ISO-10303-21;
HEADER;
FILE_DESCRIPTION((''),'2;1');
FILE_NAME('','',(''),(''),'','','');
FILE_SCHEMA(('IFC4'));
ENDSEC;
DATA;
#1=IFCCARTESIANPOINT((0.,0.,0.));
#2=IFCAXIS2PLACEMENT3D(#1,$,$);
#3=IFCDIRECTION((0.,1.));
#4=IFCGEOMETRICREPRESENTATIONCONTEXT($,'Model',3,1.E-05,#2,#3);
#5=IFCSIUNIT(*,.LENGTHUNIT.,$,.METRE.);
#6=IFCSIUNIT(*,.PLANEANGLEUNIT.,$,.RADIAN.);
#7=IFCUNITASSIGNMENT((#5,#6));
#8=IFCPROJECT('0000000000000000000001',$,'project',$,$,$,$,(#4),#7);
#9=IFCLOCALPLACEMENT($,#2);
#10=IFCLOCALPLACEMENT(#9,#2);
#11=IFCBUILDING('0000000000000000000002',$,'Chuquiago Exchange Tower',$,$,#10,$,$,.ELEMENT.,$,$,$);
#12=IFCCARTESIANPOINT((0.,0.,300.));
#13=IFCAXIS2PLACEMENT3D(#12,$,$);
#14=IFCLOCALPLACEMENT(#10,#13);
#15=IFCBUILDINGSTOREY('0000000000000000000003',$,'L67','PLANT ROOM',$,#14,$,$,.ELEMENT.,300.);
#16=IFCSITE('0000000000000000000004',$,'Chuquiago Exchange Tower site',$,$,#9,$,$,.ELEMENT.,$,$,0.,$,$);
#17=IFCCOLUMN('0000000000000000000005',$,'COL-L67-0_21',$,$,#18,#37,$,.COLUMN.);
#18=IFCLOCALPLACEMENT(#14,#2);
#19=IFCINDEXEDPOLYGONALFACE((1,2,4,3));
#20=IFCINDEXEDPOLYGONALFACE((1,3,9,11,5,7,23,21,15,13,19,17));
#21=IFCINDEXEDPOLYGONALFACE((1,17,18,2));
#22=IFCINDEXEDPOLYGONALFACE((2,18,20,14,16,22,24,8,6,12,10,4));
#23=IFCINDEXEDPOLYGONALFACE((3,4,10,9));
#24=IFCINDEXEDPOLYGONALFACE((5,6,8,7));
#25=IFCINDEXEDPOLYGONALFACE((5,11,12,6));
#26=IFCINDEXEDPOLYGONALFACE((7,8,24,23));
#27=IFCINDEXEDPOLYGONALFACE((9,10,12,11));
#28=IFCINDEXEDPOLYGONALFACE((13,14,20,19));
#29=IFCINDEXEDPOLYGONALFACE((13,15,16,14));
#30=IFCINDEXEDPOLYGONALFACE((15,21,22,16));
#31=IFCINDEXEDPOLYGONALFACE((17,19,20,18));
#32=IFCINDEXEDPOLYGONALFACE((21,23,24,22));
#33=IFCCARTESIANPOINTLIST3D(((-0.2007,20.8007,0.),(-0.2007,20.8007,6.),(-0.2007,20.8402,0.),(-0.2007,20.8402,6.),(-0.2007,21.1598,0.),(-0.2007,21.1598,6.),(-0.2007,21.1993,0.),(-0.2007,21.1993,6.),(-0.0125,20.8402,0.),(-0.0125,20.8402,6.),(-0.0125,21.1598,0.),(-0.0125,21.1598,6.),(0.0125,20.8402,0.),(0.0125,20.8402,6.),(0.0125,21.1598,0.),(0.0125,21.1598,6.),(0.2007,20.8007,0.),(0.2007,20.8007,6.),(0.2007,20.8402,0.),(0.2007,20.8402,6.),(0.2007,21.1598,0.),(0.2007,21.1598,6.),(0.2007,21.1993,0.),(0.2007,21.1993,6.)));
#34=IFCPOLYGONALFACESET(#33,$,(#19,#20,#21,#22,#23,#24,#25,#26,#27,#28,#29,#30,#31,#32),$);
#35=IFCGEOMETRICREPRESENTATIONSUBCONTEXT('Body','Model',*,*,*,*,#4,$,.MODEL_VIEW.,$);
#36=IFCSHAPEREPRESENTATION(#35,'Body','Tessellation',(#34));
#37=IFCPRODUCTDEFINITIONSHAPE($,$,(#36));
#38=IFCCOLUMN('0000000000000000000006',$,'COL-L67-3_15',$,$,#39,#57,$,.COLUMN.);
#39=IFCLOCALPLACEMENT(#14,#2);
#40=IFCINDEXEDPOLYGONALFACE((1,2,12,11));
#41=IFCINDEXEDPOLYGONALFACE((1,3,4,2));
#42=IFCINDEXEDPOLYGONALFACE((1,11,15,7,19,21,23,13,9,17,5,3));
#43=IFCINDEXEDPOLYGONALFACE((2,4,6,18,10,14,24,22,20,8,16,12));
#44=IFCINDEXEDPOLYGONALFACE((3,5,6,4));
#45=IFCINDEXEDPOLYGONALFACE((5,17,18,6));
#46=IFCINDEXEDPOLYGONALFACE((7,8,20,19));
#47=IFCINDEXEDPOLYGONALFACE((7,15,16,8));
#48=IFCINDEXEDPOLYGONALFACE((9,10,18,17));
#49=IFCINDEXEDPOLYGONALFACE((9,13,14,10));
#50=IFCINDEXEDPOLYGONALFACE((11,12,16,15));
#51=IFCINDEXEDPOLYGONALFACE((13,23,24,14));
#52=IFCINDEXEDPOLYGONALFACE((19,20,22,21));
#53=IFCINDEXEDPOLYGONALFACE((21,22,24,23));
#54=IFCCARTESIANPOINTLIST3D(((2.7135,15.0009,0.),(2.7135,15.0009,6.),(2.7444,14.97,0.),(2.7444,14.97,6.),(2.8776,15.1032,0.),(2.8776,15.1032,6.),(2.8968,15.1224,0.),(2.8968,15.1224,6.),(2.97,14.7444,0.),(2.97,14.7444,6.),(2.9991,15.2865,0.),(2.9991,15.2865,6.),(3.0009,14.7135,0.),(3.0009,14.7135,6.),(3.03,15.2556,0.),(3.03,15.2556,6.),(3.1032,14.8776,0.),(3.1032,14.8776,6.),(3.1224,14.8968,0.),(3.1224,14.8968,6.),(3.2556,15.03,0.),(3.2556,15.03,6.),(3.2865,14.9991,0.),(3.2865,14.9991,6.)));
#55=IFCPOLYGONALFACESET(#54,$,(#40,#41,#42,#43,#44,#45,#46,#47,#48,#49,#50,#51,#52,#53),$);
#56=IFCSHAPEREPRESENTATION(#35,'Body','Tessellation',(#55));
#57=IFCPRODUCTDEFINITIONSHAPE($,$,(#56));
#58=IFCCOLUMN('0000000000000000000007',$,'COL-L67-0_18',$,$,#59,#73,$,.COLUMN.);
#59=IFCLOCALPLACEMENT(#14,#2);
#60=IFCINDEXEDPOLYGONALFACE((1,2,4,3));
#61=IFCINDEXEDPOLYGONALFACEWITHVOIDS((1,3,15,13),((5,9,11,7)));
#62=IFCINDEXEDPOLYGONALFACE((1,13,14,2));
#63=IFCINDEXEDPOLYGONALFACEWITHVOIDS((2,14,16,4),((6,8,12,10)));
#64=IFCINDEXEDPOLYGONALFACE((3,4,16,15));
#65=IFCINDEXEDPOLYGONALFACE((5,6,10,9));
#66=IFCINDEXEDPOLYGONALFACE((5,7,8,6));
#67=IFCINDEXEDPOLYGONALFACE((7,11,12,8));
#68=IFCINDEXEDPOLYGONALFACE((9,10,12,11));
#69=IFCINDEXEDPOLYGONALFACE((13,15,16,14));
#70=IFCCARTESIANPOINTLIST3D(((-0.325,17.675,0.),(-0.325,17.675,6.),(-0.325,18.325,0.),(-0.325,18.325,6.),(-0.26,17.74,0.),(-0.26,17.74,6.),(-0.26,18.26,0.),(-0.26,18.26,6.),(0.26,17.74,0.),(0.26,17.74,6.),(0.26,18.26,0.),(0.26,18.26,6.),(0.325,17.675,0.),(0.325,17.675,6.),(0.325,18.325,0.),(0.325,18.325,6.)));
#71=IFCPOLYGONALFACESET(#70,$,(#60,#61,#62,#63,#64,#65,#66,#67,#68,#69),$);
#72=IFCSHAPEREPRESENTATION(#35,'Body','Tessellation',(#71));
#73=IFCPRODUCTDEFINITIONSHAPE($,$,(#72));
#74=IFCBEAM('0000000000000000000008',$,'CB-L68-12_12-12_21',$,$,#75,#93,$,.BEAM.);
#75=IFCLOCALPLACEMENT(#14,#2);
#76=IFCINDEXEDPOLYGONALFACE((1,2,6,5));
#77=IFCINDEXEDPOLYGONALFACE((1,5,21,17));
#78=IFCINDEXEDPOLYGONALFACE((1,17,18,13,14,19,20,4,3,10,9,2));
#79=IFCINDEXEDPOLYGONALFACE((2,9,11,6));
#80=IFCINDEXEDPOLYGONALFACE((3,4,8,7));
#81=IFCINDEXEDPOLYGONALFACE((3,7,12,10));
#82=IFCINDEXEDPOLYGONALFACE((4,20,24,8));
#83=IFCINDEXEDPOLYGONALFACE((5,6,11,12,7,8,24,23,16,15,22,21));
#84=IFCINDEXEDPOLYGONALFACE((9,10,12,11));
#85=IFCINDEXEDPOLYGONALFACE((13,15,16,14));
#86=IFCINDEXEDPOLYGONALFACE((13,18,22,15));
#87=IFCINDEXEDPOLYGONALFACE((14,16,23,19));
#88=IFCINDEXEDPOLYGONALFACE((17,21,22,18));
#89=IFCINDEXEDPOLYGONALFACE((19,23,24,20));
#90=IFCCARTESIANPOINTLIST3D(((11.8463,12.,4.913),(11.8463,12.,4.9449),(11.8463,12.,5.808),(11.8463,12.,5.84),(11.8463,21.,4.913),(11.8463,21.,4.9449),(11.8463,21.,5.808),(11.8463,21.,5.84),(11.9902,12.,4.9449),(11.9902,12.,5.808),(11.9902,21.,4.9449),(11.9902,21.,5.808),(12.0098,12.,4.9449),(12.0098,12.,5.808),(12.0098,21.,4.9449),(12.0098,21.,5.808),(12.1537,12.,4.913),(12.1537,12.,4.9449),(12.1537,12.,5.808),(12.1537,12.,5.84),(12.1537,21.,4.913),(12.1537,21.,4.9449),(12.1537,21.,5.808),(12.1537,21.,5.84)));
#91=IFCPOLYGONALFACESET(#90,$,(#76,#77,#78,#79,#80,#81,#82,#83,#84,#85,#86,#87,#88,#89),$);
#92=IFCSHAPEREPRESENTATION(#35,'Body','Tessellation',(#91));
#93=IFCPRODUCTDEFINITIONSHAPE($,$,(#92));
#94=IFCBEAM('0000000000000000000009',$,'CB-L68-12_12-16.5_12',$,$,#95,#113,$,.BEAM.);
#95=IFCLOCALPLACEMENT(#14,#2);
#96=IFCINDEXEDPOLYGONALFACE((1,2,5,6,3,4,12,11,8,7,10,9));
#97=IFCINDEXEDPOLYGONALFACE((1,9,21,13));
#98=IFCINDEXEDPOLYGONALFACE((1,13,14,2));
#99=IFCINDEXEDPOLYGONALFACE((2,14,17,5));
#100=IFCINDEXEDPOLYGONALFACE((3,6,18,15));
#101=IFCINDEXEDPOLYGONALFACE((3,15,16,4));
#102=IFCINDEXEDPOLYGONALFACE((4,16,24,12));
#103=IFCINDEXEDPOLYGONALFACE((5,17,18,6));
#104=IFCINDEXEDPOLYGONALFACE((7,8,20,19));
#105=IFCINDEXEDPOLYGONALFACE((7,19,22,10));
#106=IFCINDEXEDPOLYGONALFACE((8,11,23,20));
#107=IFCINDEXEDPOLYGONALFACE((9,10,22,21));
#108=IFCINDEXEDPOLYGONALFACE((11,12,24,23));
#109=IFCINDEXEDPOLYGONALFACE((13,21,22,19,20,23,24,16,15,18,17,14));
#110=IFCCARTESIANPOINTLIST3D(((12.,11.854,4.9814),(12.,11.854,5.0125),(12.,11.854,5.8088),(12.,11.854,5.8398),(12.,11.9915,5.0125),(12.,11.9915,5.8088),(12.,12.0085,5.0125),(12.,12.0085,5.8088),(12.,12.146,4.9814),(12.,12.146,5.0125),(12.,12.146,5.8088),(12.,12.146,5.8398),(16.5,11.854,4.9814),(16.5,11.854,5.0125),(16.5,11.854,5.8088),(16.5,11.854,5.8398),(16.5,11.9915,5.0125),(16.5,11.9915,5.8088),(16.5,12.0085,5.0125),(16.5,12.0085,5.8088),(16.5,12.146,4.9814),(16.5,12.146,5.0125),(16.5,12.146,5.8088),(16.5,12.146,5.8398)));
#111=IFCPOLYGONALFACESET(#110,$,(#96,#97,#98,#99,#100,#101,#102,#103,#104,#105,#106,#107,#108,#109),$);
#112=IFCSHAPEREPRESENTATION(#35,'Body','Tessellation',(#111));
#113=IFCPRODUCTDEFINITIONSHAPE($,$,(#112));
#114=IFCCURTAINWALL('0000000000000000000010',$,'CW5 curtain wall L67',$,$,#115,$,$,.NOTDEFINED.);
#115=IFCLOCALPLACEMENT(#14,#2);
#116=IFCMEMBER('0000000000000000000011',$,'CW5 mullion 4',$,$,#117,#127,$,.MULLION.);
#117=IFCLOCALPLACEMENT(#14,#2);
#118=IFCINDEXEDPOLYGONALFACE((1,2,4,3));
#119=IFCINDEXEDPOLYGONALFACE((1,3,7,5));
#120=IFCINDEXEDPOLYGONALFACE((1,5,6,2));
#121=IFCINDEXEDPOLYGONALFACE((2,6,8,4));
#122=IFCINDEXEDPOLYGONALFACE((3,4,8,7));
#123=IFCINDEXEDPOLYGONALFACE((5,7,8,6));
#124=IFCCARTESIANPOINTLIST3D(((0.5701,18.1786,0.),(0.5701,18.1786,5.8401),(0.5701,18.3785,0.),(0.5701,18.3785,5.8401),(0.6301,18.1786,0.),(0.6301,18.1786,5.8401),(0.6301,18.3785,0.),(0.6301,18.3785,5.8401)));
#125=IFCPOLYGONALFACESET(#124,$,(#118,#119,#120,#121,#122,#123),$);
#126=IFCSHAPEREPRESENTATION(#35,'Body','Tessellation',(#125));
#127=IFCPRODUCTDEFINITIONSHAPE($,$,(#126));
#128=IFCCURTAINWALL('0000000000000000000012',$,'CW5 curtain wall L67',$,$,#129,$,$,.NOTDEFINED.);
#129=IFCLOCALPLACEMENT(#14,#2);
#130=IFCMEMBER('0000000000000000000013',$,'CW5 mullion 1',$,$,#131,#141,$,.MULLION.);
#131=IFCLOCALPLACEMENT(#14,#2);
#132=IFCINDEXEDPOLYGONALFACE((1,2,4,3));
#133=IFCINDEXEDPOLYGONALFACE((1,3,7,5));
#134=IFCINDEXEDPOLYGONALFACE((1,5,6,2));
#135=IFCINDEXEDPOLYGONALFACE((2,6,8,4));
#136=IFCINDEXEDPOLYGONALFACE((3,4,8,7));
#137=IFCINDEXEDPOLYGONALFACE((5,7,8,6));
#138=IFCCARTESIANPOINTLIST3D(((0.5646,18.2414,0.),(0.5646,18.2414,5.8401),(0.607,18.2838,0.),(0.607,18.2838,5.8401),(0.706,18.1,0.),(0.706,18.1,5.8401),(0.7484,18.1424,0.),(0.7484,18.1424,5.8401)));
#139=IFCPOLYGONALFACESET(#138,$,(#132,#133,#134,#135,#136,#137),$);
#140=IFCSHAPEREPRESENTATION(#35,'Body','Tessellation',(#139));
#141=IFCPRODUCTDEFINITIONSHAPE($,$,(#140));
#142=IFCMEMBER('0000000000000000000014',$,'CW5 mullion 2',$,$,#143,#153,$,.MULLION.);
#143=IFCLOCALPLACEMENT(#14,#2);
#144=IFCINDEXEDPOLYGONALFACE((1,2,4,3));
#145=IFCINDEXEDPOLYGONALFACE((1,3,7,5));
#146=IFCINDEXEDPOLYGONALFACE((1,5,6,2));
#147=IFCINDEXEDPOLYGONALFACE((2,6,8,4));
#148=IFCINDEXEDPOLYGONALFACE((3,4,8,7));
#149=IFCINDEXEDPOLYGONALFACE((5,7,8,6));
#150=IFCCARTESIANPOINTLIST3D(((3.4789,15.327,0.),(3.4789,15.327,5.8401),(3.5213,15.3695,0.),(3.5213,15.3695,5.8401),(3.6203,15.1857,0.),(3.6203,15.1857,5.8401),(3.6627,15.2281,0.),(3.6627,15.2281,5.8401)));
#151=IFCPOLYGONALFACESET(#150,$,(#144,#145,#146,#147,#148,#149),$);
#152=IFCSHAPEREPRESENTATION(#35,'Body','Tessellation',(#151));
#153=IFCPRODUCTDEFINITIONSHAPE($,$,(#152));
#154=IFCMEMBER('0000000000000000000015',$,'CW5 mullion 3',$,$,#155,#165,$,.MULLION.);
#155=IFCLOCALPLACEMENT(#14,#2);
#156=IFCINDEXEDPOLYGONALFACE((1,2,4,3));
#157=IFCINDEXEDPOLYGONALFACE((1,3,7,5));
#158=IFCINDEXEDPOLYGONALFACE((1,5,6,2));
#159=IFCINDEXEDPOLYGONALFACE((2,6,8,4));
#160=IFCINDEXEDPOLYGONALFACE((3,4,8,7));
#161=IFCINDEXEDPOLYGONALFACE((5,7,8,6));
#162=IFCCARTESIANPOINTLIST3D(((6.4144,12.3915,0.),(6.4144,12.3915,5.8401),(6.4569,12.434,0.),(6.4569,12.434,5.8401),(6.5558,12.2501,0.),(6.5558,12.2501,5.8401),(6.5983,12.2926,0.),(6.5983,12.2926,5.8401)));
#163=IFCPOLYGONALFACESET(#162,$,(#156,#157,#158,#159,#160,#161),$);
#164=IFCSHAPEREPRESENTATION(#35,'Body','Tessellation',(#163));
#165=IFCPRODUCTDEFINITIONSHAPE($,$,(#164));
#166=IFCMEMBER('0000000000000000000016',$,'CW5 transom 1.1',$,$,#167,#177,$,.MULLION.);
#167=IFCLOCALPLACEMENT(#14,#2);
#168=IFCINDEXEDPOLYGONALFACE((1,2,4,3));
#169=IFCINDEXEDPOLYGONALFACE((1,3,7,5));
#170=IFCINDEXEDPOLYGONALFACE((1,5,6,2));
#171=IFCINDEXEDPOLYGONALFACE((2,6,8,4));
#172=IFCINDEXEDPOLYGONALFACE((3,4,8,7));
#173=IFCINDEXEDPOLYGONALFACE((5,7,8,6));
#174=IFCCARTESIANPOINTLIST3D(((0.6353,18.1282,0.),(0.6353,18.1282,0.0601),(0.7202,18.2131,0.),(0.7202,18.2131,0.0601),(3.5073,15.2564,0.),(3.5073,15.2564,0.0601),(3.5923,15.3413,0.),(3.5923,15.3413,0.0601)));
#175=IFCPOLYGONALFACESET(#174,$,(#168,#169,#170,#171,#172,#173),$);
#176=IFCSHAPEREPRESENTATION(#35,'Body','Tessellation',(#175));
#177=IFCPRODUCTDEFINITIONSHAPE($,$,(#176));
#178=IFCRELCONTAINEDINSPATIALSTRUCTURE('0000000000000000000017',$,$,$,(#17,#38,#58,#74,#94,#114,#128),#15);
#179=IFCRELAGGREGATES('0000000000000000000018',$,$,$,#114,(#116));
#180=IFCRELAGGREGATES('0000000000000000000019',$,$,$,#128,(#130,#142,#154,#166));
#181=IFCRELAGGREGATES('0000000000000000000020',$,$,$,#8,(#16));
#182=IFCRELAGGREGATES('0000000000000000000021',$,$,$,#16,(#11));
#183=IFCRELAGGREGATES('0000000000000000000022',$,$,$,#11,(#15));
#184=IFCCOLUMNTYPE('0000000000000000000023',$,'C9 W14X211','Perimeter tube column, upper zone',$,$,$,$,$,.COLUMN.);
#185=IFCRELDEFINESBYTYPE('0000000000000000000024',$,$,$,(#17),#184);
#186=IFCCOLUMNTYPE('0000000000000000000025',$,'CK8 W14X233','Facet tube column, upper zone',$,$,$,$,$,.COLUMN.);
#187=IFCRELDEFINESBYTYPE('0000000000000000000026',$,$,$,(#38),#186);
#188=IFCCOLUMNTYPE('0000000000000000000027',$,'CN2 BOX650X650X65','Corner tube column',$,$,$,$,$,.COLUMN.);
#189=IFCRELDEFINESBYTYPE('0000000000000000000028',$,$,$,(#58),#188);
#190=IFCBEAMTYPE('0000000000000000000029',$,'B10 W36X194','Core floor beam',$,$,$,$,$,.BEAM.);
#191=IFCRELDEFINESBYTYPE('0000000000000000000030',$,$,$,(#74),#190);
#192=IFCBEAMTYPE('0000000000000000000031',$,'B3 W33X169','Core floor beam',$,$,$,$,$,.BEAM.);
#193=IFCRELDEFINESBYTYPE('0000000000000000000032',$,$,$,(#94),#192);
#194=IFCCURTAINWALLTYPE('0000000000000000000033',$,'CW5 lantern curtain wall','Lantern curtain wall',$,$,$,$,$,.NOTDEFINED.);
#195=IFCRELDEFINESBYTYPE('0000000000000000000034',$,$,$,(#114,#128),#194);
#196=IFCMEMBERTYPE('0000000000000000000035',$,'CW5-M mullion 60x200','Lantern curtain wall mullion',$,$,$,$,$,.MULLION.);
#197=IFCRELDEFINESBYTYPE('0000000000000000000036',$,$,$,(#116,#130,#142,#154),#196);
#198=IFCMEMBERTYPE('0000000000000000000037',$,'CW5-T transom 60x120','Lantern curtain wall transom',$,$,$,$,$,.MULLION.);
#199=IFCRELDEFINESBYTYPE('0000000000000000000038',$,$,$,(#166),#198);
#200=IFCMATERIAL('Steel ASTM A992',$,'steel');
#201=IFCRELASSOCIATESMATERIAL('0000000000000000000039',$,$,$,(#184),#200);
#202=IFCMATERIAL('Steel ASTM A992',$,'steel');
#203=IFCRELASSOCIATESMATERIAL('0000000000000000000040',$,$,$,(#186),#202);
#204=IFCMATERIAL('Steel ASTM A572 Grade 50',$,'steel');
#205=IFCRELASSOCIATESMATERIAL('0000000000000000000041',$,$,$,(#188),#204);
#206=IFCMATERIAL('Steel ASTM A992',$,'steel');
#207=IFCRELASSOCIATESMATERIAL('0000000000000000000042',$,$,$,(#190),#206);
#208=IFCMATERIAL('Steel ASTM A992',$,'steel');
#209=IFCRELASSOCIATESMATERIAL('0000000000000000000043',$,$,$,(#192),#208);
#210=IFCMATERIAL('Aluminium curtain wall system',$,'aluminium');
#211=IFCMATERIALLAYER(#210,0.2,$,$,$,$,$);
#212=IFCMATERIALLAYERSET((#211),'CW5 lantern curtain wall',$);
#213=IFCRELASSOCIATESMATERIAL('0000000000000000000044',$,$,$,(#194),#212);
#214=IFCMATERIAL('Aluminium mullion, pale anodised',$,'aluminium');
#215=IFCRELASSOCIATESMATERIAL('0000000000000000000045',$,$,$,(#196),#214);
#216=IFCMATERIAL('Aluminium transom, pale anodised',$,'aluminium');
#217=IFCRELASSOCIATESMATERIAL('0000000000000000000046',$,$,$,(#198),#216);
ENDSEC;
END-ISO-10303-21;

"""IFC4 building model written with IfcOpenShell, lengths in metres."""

from ifc_helpers import new_model, si_unit, direction, frame, origin, origin_2d, place, context, subcontext, project, spatial, rectangle, hollow_rectangle, i_section, extrude, material, layer, layer_set, material_profile, profile_set, type_object, element, aggregate, save


model = new_model("IFC4")

# Units and contexts
model_context = context("Model", 3, precision=1e-05, world=origin(), true_north=direction((0.0, 1.0)))
body_context = subcontext(model_context, "Body", "Model", "MODEL_VIEW")
ifc_project = project(units=[si_unit("LENGTHUNIT", "METRE"), si_unit("PLANEANGLEUNIT", "RADIAN")], contexts=[model_context])

# Site, building, storey
site_placement = place(None, origin())
site = spatial("IfcSite", under=ifc_project, at=site_placement, Name="Chuquiago Exchange Tower site", CompositionType="ELEMENT", RefElevation=0.0)
building_placement = place(site_placement, origin())
building = spatial("IfcBuilding", under=site, at=building_placement, Name="Chuquiago Exchange Tower", CompositionType="ELEMENT")
storey_placement = place(building_placement, frame((0.0, 0.0, 300.0)))
storey = spatial("IfcBuildingStorey", under=building, at=storey_placement, Name="L67", Description="PLANT ROOM", CompositionType="ELEMENT", Elevation=300.0)

# Columns
ifc_material_1 = material(Name="Steel ASTM A992", Category="steel")
ifc_material_profile_1 = material_profile(ifc_material_1, i_section(OverallWidth=0.4014, OverallDepth=0.3987, WebThickness=0.0249, FlangeThickness=0.0396, at=origin_2d()), Name="W14X211")
ifc_profile_set_1 = profile_set([ifc_material_profile_1], Name="Steel ASTM A992")
column_type_1 = type_object("IfcColumnType", Name="C9 W14X211", Description="Perimeter tube column, upper zone", PredefinedType="COLUMN", material=ifc_profile_set_1)
column_1_placement = place(storey_placement, frame((0.0, 21.0, 0.0), z_axis=(0.0, 0.0, 1.0), x_axis=(-1.0, 0.0, 0.0)))
element("IfcColumn", 1, at=column_1_placement, inside=storey, type_object=column_type_1, Name="COL-L67-0_21", PredefinedType="COLUMN", context=body_context, shape_type="SweptSolid", body=[
    extrude(i_section(OverallWidth=0.4014, OverallDepth=0.3987, WebThickness=0.0249, FlangeThickness=0.0396, at=origin_2d()), origin(), (0.0, 0.0, 1.0), 6.0),
])
ifc_material_2 = material(Name="Steel ASTM A992", Category="steel")
ifc_material_profile_2 = material_profile(ifc_material_2, i_section(OverallWidth=0.4038, OverallDepth=0.4065, WebThickness=0.0271, FlangeThickness=0.0437, at=origin_2d()), Name="W14X233")
ifc_profile_set_2 = profile_set([ifc_material_profile_2], Name="Steel ASTM A992")
column_type_2 = type_object("IfcColumnType", Name="CK8 W14X233", Description="Facet tube column, upper zone", PredefinedType="COLUMN", material=ifc_profile_set_2)
column_2_placement = place(storey_placement, frame((3.0, 15.0, 0.0), z_axis=(0.0, 0.0, 1.0), x_axis=(-0.707107, -0.707107, 0.0)))
element("IfcColumn", 2, at=column_2_placement, inside=storey, type_object=column_type_2, Name="COL-L67-3_15", PredefinedType="COLUMN", context=body_context, shape_type="SweptSolid", body=[
    extrude(i_section(OverallWidth=0.4038, OverallDepth=0.4065, WebThickness=0.0271, FlangeThickness=0.0437, at=origin_2d()), origin(), (0.0, 0.0, 1.0), 6.0),
])
ifc_material_3 = material(Name="Steel ASTM A572 Grade 50", Category="steel")
ifc_material_profile_3 = material_profile(ifc_material_3, hollow_rectangle(XDim=0.6499, YDim=0.6499, WallThickness=0.0649, at=origin_2d()), Name="BOX650X650X65")
ifc_profile_set_3 = profile_set([ifc_material_profile_3], Name="Steel ASTM A572 Grade 50")
column_type_3 = type_object("IfcColumnType", Name="CN2 BOX650X650X65", Description="Corner tube column", PredefinedType="COLUMN", material=ifc_profile_set_3)
column_3_placement = place(storey_placement, frame((0.0, 18.0, 0.0), z_axis=(0.0, 0.0, 1.0), x_axis=(-1.0, 0.0, 0.0)))
element("IfcColumn", 3, at=column_3_placement, inside=storey, type_object=column_type_3, Name="COL-L67-0_18", PredefinedType="COLUMN", context=body_context, shape_type="SweptSolid", body=[
    extrude(hollow_rectangle(XDim=0.6499, YDim=0.6499, WallThickness=0.0649, at=origin_2d()), origin(), (0.0, 0.0, 1.0), 6.0),
])

# Beams
ifc_material_4 = material(Name="Steel ASTM A992", Category="steel")
ifc_material_profile_4 = material_profile(ifc_material_4, i_section(OverallWidth=0.3074, OverallDepth=0.927, WebThickness=0.0195, FlangeThickness=0.032, at=origin_2d()), Name="W36X194")
ifc_profile_set_4 = profile_set([ifc_material_profile_4], Name="Steel ASTM A992")
beam_type_1 = type_object("IfcBeamType", Name="B10 W36X194", Description="Core floor beam", PredefinedType="BEAM", material=ifc_profile_set_4)
beam_1_placement = place(storey_placement, frame((12.0, 12.0, 5.3765), z_axis=(0.0, 1.0, 0.0), x_axis=(-1.0, 0.0, 0.0)))
element("IfcBeam", 4, at=beam_1_placement, inside=storey, type_object=beam_type_1, Name="CB-L68-12_12-12_21", PredefinedType="BEAM", context=body_context, shape_type="SweptSolid", body=[
    extrude(i_section(OverallWidth=0.3074, OverallDepth=0.927, WebThickness=0.0195, FlangeThickness=0.032, at=origin_2d()), origin(), (0.0, 0.0, 1.0), 9.0),
])
ifc_material_5 = material(Name="Steel ASTM A992", Category="steel")
ifc_material_profile_5 = material_profile(ifc_material_5, i_section(OverallWidth=0.292, OverallDepth=0.8584, WebThickness=0.0171, FlangeThickness=0.031, at=origin_2d()), Name="W33X169")
ifc_profile_set_5 = profile_set([ifc_material_profile_5], Name="Steel ASTM A992")
beam_type_2 = type_object("IfcBeamType", Name="B3 W33X169", Description="Core floor beam", PredefinedType="BEAM", material=ifc_profile_set_5)
beam_2_placement = place(storey_placement, frame((12.0, 12.0, 5.4106), z_axis=(1.0, 0.0, 0.0), x_axis=(0.0, 1.0, 0.0)))
element("IfcBeam", 5, at=beam_2_placement, inside=storey, type_object=beam_type_2, Name="CB-L68-12_12-16.5_12", PredefinedType="BEAM", context=body_context, shape_type="SweptSolid", body=[
    extrude(i_section(OverallWidth=0.292, OverallDepth=0.8584, WebThickness=0.0171, FlangeThickness=0.031, at=origin_2d()), origin(), (0.0, 0.0, 1.0), 4.5),
])

# Curtain wall, member
ifc_material_6 = material(Name="Aluminium curtain wall system", Category="aluminium")
ifc_layer_1 = layer(ifc_material_6, 0.2)
ifc_layer_set_1 = layer_set([ifc_layer_1], Name="CW5 lantern curtain wall")
curtain_wall_type = type_object("IfcCurtainWallType", Name="CW5 lantern curtain wall", Description="Lantern curtain wall", PredefinedType="NOTDEFINED", material=ifc_layer_set_1)
curtain_wall_1_placement = place(storey_placement, origin())
curtain_wall_1 = element("IfcCurtainWall", 6, at=curtain_wall_1_placement, inside=storey, type_object=curtain_wall_type, Name="CW5 curtain wall L67", PredefinedType="NOTDEFINED")
ifc_material_7 = material(Name="Aluminium mullion, pale anodised", Category="aluminium")
ifc_material_profile_6 = material_profile(ifc_material_7, rectangle(XDim=0.0601, YDim=0.2, at=origin_2d()), Name="AL 60x200")
ifc_profile_set_6 = profile_set([ifc_material_profile_6], Name="Aluminium mullion, pale anodised")
member_type_1 = type_object("IfcMemberType", Name="CW5-M mullion 60x200", Description="Lantern curtain wall mullion", PredefinedType="MULLION", material=ifc_profile_set_6)
member_1_placement = place(storey_placement, frame((0.6001, 18.2786, 0.0), z_axis=(0.0, 0.0, 1.0), x_axis=(1.0, 0.0, 0.0)))
member_1 = element("IfcMember", 7, at=member_1_placement, type_object=member_type_1, Name="CW5 mullion 4", PredefinedType="MULLION", context=body_context, shape_type="SweptSolid", body=[
    extrude(rectangle(XDim=0.0601, YDim=0.2, at=origin_2d()), origin(), (0.0, 0.0, 1.0), 5.8401),
])

# Curtain wall, members
curtain_wall_2_placement = place(storey_placement, origin())
curtain_wall_2 = element("IfcCurtainWall", 8, at=curtain_wall_2_placement, inside=storey, type_object=curtain_wall_type, Name="CW5 curtain wall L67", PredefinedType="NOTDEFINED")
member_2_placement = place(storey_placement, frame((0.6565, 18.1919, 0.0), z_axis=(0.0, 0.0, 1.0), x_axis=(0.707109, 0.707105, 0.0)))
member_2 = element("IfcMember", 9, at=member_2_placement, type_object=member_type_1, Name="CW5 mullion 1", PredefinedType="MULLION", context=body_context, shape_type="SweptSolid", body=[
    extrude(rectangle(XDim=0.0601, YDim=0.2, at=origin_2d()), origin(), (0.0, 0.0, 1.0), 5.8401),
])
member_3_placement = place(storey_placement, frame((3.5708, 15.2776, 0.0), z_axis=(0.0, 0.0, 1.0), x_axis=(0.707109, 0.707105, 0.0)))
member_3 = element("IfcMember", 10, at=member_3_placement, type_object=member_type_1, Name="CW5 mullion 2", PredefinedType="MULLION", context=body_context, shape_type="SweptSolid", body=[
    extrude(rectangle(XDim=0.0601, YDim=0.2, at=origin_2d()), origin(), (0.0, 0.0, 1.0), 5.8401),
])
member_4_placement = place(storey_placement, frame((6.5063, 12.342, 0.0), z_axis=(0.0, 0.0, 1.0), x_axis=(0.707109, 0.707105, 0.0)))
member_4 = element("IfcMember", 11, at=member_4_placement, type_object=member_type_1, Name="CW5 mullion 3", PredefinedType="MULLION", context=body_context, shape_type="SweptSolid", body=[
    extrude(rectangle(XDim=0.0601, YDim=0.2, at=origin_2d()), origin(), (0.0, 0.0, 1.0), 5.8401),
])
ifc_material_8 = material(Name="Aluminium transom, pale anodised", Category="aluminium")
ifc_material_profile_7 = material_profile(ifc_material_8, rectangle(XDim=0.1201, YDim=0.0601, at=origin_2d()), Name="AL 120x60")
ifc_profile_set_7 = profile_set([ifc_material_profile_7], Name="Aluminium transom, pale anodised")
member_type_2 = type_object("IfcMemberType", Name="CW5-T transom 60x120", Description="Lantern curtain wall transom", PredefinedType="MULLION", material=ifc_profile_set_7)
member_5_placement = place(storey_placement, frame((0.6777, 18.1707, 0.03), z_axis=(0.707137, -0.707077, 0.0), x_axis=(0.707077, 0.707137, 0.0)))
member_5 = element("IfcMember", 12, at=member_5_placement, type_object=member_type_2, Name="CW5 transom 1.1", PredefinedType="MULLION", context=body_context, shape_type="SweptSolid", body=[
    extrude(rectangle(XDim=0.1201, YDim=0.0601, at=origin_2d()), origin(), (0.0, 0.0, 1.0), 4.0615),
])

aggregate(curtain_wall_1, [member_1])
aggregate(curtain_wall_2, [member_2, member_3, member_4, member_5])

save(model, "model.ifc")
